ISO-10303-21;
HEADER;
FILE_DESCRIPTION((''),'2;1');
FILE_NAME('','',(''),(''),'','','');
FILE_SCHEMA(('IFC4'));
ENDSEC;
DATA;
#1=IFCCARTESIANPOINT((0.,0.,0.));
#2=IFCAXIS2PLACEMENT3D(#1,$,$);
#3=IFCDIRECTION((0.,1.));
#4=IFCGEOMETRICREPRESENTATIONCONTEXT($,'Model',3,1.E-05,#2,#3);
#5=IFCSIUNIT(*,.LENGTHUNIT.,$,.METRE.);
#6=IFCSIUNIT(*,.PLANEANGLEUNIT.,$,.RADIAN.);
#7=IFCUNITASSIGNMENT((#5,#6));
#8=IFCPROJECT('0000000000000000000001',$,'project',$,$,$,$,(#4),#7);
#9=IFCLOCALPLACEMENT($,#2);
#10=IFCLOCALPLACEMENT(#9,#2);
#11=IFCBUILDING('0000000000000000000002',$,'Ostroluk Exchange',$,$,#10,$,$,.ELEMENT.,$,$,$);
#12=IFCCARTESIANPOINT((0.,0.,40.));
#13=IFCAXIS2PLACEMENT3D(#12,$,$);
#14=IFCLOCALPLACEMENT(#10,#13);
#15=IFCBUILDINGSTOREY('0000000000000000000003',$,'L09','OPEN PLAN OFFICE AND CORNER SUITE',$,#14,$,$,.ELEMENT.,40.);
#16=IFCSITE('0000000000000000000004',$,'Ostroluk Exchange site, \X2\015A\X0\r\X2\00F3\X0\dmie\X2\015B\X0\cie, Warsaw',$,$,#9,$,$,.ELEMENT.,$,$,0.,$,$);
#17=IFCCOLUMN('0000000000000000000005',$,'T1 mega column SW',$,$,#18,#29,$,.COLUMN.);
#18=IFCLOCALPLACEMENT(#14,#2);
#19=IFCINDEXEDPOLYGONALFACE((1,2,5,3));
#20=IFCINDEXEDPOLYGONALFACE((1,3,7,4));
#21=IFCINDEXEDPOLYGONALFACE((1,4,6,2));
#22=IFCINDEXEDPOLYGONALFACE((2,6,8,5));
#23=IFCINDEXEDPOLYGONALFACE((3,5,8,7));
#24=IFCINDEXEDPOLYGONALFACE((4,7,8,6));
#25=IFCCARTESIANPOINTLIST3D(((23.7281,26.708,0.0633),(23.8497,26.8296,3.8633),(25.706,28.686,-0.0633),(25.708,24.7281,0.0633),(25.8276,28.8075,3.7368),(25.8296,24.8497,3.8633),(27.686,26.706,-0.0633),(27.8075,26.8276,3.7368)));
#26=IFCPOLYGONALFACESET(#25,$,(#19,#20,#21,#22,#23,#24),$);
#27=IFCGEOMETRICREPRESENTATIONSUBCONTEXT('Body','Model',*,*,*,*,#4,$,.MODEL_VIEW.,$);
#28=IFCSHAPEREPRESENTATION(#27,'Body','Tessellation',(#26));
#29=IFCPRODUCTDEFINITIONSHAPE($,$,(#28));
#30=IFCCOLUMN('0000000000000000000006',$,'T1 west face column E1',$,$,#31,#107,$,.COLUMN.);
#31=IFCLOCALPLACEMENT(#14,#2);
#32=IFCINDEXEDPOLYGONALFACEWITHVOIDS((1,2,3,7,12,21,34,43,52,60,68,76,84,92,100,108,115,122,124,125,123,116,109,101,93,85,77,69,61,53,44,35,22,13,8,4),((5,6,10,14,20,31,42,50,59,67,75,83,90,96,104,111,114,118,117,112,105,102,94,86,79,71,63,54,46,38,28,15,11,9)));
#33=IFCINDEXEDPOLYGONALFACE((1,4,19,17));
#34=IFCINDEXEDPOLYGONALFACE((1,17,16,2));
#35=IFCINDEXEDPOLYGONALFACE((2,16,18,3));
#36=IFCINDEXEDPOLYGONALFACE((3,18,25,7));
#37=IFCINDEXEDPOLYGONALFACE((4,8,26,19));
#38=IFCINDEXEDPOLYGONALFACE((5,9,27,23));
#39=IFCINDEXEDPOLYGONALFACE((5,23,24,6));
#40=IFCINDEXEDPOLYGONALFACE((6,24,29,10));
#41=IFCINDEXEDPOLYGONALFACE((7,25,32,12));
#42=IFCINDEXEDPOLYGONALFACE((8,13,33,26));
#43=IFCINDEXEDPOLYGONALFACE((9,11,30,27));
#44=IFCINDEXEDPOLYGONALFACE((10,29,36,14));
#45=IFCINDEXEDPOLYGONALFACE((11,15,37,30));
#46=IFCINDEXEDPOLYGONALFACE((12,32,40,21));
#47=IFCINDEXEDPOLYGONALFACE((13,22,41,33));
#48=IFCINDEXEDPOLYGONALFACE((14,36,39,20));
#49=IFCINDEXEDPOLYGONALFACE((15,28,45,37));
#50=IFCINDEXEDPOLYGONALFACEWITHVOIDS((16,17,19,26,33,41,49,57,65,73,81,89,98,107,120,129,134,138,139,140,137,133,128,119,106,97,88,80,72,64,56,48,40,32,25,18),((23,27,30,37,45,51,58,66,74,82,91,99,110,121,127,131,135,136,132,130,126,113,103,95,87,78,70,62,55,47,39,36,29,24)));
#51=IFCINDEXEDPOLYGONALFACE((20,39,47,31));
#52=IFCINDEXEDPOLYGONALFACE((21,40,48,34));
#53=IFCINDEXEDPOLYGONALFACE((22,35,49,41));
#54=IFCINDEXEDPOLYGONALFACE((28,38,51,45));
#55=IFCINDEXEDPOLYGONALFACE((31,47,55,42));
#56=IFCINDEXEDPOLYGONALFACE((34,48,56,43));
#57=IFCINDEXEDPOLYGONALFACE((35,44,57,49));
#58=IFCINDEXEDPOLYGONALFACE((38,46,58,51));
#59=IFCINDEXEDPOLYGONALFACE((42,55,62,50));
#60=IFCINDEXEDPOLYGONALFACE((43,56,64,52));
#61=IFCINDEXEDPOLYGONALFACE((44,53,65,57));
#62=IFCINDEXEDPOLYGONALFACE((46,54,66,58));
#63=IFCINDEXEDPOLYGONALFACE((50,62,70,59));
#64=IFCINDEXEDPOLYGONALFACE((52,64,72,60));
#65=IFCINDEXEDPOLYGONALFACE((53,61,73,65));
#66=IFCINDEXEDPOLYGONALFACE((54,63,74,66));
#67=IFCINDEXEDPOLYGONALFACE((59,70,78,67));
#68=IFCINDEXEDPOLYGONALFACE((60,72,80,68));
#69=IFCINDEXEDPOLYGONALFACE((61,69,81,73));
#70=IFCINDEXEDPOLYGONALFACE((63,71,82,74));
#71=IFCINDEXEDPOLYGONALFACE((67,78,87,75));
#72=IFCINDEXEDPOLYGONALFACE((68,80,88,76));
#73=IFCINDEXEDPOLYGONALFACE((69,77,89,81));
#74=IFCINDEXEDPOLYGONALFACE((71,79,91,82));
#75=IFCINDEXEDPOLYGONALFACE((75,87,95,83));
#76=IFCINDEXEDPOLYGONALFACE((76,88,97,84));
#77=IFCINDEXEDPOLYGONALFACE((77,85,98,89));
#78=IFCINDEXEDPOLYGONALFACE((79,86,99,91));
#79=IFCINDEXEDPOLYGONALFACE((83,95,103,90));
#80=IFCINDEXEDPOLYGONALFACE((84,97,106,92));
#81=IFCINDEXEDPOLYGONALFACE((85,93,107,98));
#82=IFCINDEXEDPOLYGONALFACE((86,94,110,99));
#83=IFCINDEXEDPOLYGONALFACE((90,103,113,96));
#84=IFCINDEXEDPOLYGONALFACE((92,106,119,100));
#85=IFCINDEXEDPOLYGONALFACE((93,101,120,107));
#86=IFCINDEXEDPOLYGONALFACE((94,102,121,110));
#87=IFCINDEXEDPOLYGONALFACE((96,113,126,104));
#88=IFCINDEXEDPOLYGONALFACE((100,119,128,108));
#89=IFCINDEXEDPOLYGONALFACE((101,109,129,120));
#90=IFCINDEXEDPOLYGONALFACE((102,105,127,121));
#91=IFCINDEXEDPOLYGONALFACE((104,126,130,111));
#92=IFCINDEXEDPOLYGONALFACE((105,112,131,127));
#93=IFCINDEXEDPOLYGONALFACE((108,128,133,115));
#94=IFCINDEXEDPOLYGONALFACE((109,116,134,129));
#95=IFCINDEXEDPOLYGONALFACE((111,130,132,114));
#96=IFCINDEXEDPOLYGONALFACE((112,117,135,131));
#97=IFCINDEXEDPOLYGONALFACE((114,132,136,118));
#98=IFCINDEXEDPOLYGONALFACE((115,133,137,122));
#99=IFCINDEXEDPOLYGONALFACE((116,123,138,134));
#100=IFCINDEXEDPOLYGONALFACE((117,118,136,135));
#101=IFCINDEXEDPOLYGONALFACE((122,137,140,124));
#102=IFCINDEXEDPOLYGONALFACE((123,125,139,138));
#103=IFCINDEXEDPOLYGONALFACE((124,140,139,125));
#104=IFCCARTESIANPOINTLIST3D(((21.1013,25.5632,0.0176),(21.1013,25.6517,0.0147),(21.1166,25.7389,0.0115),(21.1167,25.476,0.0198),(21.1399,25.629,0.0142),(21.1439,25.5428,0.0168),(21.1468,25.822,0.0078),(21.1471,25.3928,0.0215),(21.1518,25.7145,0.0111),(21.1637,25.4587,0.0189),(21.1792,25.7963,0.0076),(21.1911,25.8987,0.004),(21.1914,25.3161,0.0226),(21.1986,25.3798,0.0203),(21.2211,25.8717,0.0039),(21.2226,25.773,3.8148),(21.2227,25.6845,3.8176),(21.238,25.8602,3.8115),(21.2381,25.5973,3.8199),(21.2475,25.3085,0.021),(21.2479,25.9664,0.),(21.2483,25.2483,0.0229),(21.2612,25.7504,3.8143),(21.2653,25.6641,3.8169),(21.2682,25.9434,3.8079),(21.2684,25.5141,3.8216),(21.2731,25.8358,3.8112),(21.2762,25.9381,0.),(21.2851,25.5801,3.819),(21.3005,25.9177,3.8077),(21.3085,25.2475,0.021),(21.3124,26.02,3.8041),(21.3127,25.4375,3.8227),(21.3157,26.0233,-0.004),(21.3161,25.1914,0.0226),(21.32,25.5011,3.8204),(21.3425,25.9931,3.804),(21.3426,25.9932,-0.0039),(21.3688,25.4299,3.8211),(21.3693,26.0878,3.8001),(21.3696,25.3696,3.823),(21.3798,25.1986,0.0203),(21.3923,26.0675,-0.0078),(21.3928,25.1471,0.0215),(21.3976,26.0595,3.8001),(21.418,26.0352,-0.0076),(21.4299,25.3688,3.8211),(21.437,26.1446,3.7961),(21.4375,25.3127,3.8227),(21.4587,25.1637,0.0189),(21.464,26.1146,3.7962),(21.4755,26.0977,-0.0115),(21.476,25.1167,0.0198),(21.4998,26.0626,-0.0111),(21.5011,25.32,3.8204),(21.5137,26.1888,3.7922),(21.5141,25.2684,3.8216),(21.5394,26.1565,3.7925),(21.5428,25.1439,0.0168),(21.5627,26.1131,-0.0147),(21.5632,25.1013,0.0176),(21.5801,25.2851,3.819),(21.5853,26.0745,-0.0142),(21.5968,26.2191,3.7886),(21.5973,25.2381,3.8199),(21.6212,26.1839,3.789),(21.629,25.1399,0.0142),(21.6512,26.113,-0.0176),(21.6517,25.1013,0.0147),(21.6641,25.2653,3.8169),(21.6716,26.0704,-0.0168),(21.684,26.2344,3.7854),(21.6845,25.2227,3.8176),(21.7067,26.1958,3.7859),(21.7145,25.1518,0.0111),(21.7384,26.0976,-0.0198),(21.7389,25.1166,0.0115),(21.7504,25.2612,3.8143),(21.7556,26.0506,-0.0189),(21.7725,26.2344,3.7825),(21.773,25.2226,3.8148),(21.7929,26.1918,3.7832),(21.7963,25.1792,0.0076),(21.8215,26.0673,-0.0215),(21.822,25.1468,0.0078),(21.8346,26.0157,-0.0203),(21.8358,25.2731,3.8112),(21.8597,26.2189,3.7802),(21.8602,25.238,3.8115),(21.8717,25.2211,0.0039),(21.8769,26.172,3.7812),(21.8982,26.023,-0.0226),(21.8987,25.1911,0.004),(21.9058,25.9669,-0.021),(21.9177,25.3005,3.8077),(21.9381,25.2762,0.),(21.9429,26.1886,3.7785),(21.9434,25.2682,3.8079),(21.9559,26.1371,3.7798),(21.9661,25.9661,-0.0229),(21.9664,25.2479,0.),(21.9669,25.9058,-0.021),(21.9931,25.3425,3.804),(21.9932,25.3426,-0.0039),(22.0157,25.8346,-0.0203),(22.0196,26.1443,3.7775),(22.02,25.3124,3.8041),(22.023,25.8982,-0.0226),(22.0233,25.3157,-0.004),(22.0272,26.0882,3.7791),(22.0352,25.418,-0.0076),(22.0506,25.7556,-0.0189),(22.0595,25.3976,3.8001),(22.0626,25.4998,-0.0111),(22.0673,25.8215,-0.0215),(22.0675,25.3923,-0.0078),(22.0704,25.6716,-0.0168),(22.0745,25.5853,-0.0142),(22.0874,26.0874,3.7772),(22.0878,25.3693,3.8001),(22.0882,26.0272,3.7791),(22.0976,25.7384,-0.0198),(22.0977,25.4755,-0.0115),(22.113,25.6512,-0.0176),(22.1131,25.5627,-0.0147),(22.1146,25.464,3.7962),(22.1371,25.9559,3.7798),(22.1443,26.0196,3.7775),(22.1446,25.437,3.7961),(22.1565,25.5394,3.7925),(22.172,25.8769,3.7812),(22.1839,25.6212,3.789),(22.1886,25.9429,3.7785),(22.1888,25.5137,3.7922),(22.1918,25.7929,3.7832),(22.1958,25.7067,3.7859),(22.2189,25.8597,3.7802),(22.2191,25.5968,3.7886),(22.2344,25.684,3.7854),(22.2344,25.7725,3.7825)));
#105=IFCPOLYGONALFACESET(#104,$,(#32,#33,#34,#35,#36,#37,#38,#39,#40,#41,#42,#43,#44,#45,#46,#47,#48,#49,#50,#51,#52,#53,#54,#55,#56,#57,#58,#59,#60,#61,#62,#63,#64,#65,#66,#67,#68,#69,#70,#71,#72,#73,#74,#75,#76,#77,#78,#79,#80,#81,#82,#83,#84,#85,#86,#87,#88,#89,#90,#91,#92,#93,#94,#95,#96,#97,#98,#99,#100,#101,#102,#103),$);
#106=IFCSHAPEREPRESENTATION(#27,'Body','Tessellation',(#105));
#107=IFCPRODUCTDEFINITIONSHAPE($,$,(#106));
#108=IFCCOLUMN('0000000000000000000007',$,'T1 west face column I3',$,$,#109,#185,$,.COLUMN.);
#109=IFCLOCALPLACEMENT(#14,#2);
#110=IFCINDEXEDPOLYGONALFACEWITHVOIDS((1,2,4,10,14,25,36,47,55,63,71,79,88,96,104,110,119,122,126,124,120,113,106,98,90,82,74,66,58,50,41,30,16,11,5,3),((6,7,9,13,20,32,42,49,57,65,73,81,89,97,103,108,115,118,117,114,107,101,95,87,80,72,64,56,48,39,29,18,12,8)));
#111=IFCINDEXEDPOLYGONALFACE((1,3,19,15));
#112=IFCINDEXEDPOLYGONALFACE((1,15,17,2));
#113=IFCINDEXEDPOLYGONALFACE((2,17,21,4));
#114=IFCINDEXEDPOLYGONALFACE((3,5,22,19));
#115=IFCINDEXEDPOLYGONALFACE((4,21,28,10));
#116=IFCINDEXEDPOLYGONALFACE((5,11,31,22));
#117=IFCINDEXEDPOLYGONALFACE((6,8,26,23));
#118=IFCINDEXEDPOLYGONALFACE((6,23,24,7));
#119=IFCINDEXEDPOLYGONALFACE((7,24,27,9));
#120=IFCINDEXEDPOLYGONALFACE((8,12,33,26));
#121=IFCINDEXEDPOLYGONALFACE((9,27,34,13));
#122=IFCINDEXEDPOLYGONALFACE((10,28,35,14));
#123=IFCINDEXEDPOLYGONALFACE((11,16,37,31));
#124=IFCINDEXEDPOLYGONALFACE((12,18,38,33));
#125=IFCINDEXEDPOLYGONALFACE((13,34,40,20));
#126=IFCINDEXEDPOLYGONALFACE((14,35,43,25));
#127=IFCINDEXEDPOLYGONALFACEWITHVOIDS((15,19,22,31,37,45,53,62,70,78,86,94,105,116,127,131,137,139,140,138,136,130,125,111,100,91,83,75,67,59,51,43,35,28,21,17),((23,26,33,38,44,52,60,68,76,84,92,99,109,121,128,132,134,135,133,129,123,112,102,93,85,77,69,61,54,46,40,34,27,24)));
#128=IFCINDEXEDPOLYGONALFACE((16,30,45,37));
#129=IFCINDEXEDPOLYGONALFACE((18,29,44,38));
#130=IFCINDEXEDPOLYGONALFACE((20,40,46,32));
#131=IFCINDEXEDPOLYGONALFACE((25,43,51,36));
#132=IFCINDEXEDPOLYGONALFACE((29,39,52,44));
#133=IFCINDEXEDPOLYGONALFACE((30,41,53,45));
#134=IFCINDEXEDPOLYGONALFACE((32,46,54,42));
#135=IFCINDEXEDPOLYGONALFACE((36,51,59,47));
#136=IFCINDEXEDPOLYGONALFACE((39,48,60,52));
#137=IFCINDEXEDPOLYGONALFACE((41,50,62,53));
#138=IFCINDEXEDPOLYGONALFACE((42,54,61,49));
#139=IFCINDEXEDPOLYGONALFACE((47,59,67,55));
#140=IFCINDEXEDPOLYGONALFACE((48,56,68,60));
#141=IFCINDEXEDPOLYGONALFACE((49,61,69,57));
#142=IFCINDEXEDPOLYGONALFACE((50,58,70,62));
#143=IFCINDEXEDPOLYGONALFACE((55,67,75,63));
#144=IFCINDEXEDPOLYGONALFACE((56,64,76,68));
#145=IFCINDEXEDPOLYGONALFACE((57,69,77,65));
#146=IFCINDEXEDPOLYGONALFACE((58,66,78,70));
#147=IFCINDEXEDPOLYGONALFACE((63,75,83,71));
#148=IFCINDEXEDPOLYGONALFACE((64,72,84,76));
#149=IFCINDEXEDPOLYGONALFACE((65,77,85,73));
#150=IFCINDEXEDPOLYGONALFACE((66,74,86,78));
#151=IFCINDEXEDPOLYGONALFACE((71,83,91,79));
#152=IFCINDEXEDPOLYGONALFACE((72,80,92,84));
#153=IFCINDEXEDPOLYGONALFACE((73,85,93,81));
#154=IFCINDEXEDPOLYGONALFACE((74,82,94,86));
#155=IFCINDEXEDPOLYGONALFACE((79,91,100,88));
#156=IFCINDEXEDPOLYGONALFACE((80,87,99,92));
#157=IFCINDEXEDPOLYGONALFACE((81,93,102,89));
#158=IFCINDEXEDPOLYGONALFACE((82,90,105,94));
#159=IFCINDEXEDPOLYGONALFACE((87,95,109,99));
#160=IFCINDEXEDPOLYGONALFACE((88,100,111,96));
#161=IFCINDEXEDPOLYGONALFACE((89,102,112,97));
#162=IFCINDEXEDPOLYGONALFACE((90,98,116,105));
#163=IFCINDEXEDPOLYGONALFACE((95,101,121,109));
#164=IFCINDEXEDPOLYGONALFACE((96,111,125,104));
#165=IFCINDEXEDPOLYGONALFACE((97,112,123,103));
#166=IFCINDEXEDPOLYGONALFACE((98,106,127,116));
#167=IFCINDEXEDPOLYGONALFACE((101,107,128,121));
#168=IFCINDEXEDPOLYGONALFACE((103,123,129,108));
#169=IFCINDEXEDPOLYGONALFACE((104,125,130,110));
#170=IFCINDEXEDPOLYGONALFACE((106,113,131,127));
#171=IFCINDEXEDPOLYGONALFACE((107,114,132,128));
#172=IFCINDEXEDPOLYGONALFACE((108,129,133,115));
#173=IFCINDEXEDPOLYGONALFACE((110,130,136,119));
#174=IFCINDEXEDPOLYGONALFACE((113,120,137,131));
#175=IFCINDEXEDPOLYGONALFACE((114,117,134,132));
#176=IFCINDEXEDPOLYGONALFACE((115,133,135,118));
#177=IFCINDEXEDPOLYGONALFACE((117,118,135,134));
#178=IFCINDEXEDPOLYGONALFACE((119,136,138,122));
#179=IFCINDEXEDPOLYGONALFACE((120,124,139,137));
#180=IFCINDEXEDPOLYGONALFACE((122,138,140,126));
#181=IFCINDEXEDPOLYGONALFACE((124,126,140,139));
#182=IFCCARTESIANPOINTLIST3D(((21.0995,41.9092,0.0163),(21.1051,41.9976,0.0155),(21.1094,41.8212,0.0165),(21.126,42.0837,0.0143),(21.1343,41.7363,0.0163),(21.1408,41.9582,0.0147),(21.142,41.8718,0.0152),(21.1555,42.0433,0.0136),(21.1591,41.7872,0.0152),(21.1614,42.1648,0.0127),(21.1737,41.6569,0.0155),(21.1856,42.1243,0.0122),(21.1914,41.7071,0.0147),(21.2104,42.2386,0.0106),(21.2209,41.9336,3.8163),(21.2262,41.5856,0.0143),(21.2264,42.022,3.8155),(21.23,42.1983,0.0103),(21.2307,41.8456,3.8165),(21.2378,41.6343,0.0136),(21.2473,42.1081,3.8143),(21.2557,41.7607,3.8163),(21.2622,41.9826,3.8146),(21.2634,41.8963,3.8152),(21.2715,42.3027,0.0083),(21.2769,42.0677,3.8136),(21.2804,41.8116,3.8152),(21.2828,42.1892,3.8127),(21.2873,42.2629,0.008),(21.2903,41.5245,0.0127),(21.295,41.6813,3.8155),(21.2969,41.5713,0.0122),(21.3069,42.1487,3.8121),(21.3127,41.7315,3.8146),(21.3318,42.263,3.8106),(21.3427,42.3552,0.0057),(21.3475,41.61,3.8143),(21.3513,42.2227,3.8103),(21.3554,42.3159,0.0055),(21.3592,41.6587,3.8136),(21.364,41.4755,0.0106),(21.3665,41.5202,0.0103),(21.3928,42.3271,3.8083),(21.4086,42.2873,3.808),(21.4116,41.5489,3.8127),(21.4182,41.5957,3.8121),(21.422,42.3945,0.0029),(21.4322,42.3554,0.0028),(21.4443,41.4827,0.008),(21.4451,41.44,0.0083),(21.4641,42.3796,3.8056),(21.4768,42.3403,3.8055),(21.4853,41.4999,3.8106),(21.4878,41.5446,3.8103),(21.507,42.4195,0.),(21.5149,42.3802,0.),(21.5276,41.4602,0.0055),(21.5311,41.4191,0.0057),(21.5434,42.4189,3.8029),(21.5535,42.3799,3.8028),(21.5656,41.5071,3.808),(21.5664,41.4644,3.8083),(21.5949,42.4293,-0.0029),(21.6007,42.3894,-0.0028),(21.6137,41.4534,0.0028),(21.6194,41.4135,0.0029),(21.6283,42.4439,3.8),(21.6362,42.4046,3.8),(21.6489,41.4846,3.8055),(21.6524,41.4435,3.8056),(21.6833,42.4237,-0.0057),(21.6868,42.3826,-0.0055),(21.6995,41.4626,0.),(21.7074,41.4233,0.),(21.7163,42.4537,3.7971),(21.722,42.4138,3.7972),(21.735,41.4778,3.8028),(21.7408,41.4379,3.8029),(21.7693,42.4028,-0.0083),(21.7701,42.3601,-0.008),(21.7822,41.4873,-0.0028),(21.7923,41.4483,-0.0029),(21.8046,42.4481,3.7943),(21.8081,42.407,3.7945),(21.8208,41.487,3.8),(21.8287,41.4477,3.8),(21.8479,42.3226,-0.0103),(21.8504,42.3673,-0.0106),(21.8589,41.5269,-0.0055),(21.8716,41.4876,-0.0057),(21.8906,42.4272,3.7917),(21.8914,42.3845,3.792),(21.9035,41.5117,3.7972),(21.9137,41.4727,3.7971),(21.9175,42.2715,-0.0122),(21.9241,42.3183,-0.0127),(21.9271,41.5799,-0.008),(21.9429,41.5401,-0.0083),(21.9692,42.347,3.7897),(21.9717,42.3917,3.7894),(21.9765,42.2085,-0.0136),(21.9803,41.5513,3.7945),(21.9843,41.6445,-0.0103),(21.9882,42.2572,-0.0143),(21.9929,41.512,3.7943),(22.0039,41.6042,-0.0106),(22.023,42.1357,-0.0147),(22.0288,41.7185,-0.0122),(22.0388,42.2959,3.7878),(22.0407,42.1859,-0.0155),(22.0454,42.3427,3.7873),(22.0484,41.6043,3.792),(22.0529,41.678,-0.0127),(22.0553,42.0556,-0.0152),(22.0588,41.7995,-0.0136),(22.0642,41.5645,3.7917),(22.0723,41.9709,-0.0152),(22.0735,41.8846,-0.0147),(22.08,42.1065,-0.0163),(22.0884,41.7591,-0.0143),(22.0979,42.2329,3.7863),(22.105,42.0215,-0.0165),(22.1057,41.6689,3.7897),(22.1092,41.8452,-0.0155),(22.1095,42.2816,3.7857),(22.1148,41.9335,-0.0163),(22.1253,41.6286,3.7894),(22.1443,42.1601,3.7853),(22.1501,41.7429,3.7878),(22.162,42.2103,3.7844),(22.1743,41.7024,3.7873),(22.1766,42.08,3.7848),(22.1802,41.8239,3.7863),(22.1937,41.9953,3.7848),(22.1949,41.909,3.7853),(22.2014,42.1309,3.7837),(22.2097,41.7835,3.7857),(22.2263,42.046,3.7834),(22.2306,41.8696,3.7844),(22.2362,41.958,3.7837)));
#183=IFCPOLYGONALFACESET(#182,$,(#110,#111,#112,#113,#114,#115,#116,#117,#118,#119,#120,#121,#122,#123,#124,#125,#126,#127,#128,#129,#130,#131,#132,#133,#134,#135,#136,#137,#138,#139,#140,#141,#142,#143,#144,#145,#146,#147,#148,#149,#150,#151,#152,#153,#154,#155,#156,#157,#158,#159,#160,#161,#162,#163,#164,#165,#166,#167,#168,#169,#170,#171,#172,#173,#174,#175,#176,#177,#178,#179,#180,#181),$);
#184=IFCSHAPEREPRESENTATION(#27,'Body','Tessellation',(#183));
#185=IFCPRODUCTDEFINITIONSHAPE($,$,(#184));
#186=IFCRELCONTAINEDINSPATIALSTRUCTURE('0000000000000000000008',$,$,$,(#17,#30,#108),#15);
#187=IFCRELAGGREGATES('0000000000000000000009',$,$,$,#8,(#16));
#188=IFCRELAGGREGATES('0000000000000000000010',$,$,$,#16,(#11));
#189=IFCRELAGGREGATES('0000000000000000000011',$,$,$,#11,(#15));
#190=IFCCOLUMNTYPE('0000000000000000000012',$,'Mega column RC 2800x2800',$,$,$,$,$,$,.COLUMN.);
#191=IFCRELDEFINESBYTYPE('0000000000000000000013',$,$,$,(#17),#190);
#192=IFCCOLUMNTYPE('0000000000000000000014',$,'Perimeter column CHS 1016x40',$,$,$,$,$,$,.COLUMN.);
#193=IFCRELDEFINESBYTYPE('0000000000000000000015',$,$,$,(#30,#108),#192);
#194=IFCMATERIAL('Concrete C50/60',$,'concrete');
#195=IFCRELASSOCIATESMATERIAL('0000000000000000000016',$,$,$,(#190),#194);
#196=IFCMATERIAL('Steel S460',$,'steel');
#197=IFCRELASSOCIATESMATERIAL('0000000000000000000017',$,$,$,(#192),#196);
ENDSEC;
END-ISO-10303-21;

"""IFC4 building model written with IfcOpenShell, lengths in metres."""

from ifc_helpers import new_model, si_unit, direction, frame, origin, origin_2d, place, context, subcontext, project, spatial, rectangle, hollow_circle, extrude, material, material_profile, profile_set, type_object, element, save


model = new_model("IFC4")

# Units and contexts
model_context = context("Model", 3, precision=1e-05, world=origin(), true_north=direction((0.0, 1.0)))
body_context = subcontext(model_context, "Body", "Model", "MODEL_VIEW")
ifc_project = project(units=[si_unit("LENGTHUNIT", "METRE"), si_unit("PLANEANGLEUNIT", "RADIAN")], contexts=[model_context])

# Site, building, storey
site_placement = place(None, origin())
site = spatial("IfcSite", under=ifc_project, at=site_placement, Name="Ostroluk Exchange site, Śródmieście, Warsaw", CompositionType="ELEMENT", RefElevation=0.0)
building_placement = place(site_placement, origin())
building = spatial("IfcBuilding", under=site, at=building_placement, Name="Ostroluk Exchange", CompositionType="ELEMENT")
storey_placement = place(building_placement, frame((0.0, 0.0, 40.0)))
storey = spatial("IfcBuildingStorey", under=building, at=storey_placement, Name="L09", Description="OPEN PLAN OFFICE AND CORNER SUITE", CompositionType="ELEMENT", Elevation=40.0)

# Columns
ifc_material_1 = material(Name="Concrete C50/60", Category="concrete")
ifc_material_profile_1 = material_profile(ifc_material_1, rectangle(XDim=2.8, YDim=2.8, at=origin_2d()), Name="RC 2800x2800")
ifc_profile_set_1 = profile_set([ifc_material_profile_1], Name="Concrete C50/60")
column_type_1 = type_object("IfcColumnType", Name="Mega column RC 2800x2800", PredefinedType="COLUMN", material=ifc_profile_set_1)
column_1_placement = place(storey_placement, frame((25.707, 26.707, 0.0), z_axis=(0.031962, 0.031962, 0.998978), x_axis=(-0.707107, 0.707107, 0.0)))
element("IfcColumn", 1, at=column_1_placement, inside=storey, type_object=column_type_1, Name="T1 mega column SW", PredefinedType="COLUMN", context=body_context, shape_type="SweptSolid", body=[
    extrude(rectangle(XDim=2.8, YDim=2.8, at=origin_2d()), origin(), (0.0, 0.0, 1.0), 3.804),
])
ifc_material_2 = material(Name="Steel S460", Category="steel")
ifc_material_profile_2 = material_profile(ifc_material_2, hollow_circle(Radius=0.5081, WallThickness=0.04, at=origin_2d()), Name="CHS 1016x40")
ifc_profile_set_2 = profile_set([ifc_material_profile_2], Name="Steel S460")
column_type_2 = type_object("IfcColumnType", Name="Perimeter column CHS 1016x40", PredefinedType="COLUMN", material=ifc_profile_set_2)
column_2_placement = place(storey_placement, frame((21.6072, 25.6072, 0.0), z_axis=(0.031898, 0.031898, 0.998982), x_axis=(-0.707107, 0.707107, 0.0)))
element("IfcColumn", 2, at=column_2_placement, inside=storey, type_object=column_type_2, Name="T1 west face column E1", PredefinedType="COLUMN", context=body_context, shape_type="SweptSolid", body=[
    extrude(hollow_circle(Radius=0.5081, WallThickness=0.04, at=origin_2d()), origin(), (0.0, 0.0, 1.0), 3.804),
])
column_3_placement = place(storey_placement, frame((21.6072, 41.9214, 0.0), z_axis=(0.031914, 0.006421, 0.99947), x_axis=(-0.197254, 0.980352, 0.0)))
element("IfcColumn", 3, at=column_3_placement, inside=storey, type_object=column_type_2, Name="T1 west face column I3", PredefinedType="COLUMN", context=body_context, shape_type="SweptSolid", body=[
    extrude(hollow_circle(Radius=0.5081, WallThickness=0.04, at=origin_2d()), origin(), (0.0, 0.0, 1.0), 3.802),
])

save(model, "model.ifc")
